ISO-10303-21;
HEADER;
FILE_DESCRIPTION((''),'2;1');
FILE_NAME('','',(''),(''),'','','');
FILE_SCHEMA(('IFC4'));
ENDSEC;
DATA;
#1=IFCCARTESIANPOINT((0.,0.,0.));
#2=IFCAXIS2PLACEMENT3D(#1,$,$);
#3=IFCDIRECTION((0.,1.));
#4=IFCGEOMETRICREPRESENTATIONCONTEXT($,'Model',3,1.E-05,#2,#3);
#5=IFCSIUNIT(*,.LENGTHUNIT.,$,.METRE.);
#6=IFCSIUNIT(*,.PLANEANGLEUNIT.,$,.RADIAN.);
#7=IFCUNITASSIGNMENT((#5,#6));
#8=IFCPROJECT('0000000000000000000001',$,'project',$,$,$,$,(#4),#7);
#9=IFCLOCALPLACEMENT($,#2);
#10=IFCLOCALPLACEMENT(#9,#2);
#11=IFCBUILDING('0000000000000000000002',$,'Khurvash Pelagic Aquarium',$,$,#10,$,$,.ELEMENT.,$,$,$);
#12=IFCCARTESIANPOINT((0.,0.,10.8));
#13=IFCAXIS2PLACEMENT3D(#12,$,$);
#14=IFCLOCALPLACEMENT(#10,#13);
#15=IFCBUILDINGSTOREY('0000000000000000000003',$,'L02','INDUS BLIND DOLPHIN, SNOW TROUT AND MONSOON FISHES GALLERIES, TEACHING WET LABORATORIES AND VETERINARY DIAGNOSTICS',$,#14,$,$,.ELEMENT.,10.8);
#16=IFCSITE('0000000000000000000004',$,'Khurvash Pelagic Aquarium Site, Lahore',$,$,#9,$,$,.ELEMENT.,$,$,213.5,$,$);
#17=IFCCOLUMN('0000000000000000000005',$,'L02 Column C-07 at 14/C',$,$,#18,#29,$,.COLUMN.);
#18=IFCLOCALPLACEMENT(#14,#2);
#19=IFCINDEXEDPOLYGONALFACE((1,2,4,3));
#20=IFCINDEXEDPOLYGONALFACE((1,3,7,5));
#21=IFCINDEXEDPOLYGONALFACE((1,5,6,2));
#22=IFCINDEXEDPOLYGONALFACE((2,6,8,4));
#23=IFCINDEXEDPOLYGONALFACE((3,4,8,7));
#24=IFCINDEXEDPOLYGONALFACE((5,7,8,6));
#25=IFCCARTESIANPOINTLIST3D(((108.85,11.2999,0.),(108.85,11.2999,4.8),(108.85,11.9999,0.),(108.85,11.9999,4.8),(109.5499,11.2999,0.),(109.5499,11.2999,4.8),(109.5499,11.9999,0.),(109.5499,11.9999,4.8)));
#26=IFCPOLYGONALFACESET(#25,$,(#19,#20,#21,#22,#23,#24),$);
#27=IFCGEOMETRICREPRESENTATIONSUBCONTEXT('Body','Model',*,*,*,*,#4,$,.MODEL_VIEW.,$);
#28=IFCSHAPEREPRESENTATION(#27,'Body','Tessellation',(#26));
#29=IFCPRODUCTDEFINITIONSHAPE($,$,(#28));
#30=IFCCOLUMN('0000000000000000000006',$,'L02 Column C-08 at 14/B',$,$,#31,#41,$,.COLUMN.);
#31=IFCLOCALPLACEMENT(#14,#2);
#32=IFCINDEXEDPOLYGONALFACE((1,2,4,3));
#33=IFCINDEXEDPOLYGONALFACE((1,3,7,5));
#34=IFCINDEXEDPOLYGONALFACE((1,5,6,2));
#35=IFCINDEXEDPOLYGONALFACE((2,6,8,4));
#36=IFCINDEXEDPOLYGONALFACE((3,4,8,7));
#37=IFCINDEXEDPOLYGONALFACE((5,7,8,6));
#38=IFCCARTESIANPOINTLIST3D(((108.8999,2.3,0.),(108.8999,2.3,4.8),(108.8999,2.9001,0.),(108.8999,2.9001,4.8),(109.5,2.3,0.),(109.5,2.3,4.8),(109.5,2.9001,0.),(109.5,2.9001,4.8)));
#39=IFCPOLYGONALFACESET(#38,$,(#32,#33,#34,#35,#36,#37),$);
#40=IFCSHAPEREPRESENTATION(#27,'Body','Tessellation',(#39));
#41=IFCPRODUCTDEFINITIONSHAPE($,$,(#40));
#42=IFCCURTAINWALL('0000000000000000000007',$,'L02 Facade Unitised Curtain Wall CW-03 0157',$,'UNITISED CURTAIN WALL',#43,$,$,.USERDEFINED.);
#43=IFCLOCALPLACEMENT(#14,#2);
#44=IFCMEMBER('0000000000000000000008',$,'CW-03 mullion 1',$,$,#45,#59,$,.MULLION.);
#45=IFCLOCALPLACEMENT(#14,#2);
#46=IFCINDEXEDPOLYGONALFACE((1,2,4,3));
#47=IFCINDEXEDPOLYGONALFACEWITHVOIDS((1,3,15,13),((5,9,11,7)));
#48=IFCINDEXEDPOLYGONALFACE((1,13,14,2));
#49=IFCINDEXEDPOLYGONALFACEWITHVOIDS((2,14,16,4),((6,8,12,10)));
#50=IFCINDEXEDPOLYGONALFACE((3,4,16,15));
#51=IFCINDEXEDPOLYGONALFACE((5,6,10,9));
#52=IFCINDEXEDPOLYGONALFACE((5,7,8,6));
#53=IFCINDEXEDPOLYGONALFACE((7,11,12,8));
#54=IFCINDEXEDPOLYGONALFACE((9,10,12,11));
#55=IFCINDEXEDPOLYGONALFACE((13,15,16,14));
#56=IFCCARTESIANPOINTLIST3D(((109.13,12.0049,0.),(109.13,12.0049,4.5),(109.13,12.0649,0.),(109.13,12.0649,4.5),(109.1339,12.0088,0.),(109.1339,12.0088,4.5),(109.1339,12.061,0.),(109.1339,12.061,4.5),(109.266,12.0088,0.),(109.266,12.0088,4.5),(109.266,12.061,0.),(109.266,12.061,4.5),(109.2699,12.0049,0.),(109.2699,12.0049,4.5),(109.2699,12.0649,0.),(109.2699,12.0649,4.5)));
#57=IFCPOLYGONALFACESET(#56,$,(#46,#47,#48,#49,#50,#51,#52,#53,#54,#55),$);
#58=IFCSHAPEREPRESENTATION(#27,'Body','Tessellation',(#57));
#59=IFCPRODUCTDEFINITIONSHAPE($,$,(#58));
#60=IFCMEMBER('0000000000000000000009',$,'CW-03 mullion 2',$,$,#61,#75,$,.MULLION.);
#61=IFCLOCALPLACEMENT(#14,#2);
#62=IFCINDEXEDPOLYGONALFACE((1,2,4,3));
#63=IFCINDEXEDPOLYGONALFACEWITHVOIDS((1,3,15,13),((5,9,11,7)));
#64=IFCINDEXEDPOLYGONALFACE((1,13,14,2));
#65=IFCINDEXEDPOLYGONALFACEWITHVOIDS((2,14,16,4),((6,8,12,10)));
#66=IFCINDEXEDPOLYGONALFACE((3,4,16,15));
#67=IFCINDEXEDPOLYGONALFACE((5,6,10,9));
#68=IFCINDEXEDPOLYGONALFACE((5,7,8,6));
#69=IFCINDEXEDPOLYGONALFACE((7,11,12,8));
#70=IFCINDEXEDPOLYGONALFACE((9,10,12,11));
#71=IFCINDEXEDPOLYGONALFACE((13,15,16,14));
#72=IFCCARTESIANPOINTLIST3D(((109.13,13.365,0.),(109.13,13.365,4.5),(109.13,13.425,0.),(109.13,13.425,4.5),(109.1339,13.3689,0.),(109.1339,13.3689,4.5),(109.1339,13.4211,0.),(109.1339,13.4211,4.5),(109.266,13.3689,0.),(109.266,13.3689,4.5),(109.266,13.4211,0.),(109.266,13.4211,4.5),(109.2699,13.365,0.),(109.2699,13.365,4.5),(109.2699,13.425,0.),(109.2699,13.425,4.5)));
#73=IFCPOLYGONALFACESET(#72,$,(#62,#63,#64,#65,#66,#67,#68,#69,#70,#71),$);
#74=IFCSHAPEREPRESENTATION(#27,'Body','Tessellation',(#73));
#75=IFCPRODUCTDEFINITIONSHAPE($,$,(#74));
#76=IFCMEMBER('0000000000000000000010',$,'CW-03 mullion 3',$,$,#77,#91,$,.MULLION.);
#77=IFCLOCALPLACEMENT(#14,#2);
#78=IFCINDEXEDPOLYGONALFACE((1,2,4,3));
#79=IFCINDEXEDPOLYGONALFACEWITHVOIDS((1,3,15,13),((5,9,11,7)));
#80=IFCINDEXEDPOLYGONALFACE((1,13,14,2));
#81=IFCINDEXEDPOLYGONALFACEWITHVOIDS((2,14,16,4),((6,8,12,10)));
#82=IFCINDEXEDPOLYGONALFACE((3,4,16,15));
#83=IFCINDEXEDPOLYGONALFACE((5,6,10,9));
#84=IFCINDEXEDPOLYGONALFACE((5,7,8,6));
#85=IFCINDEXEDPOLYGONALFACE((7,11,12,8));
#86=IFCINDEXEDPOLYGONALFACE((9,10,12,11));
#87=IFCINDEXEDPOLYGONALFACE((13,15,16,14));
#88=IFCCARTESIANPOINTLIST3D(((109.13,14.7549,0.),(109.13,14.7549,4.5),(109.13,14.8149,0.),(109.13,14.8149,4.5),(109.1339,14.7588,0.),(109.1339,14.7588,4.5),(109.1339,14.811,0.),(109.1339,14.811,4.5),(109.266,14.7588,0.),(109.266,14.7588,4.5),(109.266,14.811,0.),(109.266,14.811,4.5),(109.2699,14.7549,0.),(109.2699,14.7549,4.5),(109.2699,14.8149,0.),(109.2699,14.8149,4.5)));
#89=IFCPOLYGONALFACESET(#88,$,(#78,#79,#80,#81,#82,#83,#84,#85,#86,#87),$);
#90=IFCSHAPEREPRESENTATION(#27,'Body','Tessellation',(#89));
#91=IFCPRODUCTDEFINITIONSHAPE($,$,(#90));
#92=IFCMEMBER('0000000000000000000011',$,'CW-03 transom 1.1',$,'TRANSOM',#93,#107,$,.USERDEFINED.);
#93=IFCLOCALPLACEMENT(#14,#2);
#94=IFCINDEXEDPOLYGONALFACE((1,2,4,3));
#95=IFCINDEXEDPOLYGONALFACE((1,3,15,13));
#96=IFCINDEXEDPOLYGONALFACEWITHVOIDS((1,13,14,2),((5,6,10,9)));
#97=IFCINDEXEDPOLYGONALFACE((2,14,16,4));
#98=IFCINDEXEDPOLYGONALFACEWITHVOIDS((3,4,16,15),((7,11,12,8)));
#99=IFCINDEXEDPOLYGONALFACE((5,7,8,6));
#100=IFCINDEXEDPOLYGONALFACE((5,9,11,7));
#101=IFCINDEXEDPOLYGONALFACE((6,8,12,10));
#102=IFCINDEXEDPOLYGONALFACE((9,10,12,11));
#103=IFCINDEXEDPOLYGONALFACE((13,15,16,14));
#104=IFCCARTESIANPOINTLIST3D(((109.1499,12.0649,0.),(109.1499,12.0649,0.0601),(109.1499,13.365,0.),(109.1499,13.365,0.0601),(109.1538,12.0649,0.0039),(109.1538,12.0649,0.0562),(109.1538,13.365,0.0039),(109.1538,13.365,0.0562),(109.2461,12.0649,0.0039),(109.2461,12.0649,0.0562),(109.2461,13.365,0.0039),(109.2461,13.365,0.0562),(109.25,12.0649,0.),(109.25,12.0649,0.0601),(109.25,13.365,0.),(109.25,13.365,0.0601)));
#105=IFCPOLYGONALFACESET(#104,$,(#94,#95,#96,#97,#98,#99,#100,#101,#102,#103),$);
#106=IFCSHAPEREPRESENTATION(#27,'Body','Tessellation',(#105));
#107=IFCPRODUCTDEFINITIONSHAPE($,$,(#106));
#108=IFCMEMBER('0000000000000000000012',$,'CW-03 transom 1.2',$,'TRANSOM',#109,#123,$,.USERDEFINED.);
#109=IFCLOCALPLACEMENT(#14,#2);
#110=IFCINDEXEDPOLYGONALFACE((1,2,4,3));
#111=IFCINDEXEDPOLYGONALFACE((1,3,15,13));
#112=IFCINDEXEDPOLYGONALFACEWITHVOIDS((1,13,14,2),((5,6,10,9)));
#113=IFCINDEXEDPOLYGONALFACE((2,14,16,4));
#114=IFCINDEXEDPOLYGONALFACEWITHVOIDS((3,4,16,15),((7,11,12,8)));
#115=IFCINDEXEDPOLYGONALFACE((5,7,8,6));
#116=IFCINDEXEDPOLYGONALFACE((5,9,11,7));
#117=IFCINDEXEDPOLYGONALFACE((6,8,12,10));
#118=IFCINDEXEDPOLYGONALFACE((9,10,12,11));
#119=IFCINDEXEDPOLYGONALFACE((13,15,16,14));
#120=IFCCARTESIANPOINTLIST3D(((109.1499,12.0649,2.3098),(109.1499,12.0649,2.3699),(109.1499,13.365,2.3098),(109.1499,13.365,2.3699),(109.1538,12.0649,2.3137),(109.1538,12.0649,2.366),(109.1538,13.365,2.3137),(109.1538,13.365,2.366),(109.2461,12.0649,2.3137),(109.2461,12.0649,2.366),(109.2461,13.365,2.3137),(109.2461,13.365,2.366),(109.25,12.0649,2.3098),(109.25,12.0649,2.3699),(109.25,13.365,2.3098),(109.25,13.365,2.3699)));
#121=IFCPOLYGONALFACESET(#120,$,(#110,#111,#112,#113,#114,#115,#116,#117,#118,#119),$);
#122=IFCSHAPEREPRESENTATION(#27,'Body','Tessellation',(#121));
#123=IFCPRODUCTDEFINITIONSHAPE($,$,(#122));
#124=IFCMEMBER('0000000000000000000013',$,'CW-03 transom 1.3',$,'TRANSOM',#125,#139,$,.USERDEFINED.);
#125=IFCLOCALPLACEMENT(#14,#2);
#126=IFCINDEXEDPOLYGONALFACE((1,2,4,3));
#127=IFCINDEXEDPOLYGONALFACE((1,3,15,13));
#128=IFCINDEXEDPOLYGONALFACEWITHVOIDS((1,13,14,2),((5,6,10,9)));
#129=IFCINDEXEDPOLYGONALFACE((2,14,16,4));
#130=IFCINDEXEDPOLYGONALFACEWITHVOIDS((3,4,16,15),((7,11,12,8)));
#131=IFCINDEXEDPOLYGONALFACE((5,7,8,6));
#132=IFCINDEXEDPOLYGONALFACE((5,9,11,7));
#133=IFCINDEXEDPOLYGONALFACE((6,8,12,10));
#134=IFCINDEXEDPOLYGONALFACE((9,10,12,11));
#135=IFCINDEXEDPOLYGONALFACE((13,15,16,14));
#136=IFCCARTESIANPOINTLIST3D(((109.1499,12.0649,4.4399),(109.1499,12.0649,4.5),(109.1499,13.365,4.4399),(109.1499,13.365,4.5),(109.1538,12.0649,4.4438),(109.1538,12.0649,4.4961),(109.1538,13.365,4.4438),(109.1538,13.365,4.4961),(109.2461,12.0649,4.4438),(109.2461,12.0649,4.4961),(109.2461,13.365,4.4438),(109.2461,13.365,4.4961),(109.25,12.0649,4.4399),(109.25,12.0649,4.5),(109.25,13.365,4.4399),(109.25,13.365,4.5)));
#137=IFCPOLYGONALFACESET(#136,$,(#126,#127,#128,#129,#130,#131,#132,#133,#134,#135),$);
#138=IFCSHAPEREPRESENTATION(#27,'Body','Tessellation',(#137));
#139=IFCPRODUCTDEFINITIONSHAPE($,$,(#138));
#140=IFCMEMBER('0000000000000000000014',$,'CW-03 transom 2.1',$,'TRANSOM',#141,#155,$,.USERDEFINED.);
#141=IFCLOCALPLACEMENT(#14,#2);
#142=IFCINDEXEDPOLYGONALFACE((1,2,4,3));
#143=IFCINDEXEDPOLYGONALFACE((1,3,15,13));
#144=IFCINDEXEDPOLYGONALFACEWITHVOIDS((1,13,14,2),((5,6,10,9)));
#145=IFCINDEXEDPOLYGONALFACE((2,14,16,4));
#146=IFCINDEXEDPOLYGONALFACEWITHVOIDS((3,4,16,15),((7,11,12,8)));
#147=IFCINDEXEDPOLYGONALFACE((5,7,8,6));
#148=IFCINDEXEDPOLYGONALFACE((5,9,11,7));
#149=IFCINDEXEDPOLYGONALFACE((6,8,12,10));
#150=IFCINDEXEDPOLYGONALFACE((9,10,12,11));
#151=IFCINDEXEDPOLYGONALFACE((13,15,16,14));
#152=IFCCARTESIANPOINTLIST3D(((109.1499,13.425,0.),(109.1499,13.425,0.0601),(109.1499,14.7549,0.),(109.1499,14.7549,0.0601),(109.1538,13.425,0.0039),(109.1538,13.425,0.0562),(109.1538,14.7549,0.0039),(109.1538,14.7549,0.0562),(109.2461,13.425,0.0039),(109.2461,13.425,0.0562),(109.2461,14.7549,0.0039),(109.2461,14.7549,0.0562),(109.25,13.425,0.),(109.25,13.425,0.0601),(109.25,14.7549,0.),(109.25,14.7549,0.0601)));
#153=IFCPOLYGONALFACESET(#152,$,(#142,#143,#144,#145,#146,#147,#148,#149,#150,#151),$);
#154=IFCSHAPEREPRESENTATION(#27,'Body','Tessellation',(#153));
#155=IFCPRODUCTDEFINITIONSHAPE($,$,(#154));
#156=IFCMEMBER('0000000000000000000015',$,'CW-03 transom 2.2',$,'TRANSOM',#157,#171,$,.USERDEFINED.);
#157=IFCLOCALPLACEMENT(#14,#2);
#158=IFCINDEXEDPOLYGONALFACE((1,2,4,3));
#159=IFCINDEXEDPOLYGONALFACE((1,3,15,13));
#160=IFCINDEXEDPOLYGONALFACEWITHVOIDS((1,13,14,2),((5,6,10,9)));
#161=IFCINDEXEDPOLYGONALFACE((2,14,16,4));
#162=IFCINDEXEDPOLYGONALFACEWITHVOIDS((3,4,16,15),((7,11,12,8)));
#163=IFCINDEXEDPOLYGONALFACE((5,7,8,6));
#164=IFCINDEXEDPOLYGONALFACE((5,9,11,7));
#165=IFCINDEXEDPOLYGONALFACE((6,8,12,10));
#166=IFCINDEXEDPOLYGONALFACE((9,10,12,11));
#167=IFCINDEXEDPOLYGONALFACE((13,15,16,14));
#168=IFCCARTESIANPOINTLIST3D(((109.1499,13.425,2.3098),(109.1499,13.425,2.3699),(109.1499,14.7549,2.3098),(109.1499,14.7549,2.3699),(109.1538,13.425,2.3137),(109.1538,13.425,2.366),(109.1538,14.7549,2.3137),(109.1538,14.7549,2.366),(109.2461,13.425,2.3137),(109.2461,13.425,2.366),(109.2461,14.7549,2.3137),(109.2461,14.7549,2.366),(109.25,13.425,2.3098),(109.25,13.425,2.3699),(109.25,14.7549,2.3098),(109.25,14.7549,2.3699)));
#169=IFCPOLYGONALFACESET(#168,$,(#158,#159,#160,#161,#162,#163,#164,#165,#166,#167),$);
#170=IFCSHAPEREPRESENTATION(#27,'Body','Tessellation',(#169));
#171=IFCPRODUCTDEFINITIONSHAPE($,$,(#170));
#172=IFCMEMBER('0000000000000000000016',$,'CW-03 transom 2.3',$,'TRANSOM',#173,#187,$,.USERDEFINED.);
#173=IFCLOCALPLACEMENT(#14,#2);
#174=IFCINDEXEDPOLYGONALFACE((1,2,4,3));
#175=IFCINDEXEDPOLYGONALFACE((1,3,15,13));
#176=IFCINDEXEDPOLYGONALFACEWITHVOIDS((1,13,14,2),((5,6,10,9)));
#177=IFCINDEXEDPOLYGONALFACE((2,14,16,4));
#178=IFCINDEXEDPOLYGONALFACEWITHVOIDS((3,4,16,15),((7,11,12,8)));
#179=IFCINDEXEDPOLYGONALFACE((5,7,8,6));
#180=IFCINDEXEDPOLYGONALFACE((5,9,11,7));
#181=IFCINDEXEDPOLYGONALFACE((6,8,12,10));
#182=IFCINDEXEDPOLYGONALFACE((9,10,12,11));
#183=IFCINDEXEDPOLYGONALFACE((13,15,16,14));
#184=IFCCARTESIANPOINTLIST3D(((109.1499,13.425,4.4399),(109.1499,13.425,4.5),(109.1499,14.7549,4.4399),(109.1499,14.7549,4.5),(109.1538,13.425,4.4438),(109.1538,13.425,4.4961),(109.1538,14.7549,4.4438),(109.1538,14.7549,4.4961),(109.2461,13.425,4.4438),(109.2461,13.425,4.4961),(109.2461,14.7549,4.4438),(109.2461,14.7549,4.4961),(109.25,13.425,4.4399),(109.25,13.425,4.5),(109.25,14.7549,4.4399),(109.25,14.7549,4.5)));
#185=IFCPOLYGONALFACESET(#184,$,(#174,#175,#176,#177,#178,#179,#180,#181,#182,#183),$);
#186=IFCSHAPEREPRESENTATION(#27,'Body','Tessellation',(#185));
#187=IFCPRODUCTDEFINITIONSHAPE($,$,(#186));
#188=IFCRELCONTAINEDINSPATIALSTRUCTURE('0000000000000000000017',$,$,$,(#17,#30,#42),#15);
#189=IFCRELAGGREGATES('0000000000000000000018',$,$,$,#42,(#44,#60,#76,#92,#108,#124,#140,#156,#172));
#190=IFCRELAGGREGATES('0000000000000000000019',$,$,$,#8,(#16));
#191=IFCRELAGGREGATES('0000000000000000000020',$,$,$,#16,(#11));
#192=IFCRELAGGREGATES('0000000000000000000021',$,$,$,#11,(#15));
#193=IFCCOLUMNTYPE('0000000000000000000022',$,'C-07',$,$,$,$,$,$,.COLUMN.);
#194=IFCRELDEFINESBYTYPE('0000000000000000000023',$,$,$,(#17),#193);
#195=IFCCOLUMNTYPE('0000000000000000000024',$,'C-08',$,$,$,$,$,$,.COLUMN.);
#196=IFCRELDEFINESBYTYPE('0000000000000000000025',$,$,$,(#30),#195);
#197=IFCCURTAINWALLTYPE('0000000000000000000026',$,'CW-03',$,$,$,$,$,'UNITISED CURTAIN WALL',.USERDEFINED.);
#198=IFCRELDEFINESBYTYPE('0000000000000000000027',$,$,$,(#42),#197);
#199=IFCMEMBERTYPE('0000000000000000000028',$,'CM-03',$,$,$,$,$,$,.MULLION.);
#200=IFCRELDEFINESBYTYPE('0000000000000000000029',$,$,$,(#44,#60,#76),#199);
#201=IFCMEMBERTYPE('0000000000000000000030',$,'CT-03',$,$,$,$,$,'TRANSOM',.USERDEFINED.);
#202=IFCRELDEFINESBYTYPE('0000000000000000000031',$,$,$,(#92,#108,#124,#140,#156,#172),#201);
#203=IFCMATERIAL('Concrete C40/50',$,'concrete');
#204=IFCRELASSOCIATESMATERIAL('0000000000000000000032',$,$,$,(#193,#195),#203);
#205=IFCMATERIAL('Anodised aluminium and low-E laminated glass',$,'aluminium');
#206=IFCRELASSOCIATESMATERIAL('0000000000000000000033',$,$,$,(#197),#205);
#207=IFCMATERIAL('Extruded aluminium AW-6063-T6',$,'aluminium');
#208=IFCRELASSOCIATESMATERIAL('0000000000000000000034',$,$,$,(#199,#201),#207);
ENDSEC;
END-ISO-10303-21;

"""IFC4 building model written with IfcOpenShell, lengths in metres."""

from ifc_helpers import new_model, si_unit, direction, frame, origin, origin_2d, place, context, subcontext, project, spatial, rectangle, hollow_rectangle, extrude, material, material_profile, profile_set, type_object, element, aggregate, save


model = new_model("IFC4")

# Units and contexts
model_context = context("Model", 3, precision=1e-05, world=origin(), true_north=direction((0.0, 1.0)))
body_context = subcontext(model_context, "Body", "Model", "MODEL_VIEW")
ifc_project = project(units=[si_unit("LENGTHUNIT", "METRE"), si_unit("PLANEANGLEUNIT", "RADIAN")], contexts=[model_context])

# Site, building, storey
site_placement = place(None, origin())
site = spatial("IfcSite", under=ifc_project, at=site_placement, Name="Khurvash Pelagic Aquarium Site, Lahore", CompositionType="ELEMENT", RefElevation=213.5)
building_placement = place(site_placement, origin())
building = spatial("IfcBuilding", under=site, at=building_placement, Name="Khurvash Pelagic Aquarium", CompositionType="ELEMENT")
storey_placement = place(building_placement, frame((0.0, 0.0, 10.8)))
storey = spatial("IfcBuildingStorey", under=building, at=storey_placement, Name="L02", Description="INDUS BLIND DOLPHIN, SNOW TROUT AND MONSOON FISHES GALLERIES, TEACHING WET LABORATORIES AND VETERINARY DIAGNOSTICS", CompositionType="ELEMENT", Elevation=10.8)

# Columns
ifc_material_1 = material(Name="Concrete C40/50", Category="concrete")
ifc_material_profile_1 = material_profile(ifc_material_1, rectangle(XDim=0.7, YDim=0.7, at=origin_2d()), Name="RC700X700")
ifc_profile_set_1 = profile_set([ifc_material_profile_1], Name="Concrete C40/50")
column_type_1 = type_object("IfcColumnType", Name="C-07", PredefinedType="COLUMN", material=ifc_profile_set_1)
column_1_placement = place(storey_placement, frame((109.2, 11.6499, 0.0), z_axis=(0.0, 0.0, 1.0), x_axis=(1.0, 0.0, 0.0)))
element("IfcColumn", 1, at=column_1_placement, inside=storey, type_object=column_type_1, Name="L02 Column C-07 at 14/C", PredefinedType="COLUMN", context=body_context, shape_type="SweptSolid", body=[
    extrude(rectangle(XDim=0.7, YDim=0.7, at=origin_2d()), origin(), (0.0, 0.0, 1.0), 4.8),
])
ifc_material_profile_2 = material_profile(ifc_material_1, rectangle(XDim=0.6001, YDim=0.6001, at=origin_2d()), Name="RC600X600")
ifc_profile_set_2 = profile_set([ifc_material_profile_2], Name="Concrete C40/50")
column_type_2 = type_object("IfcColumnType", Name="C-08", PredefinedType="COLUMN", material=ifc_profile_set_2)
column_2_placement = place(storey_placement, frame((109.2, 2.6001, 0.0), z_axis=(0.0, 0.0, 1.0), x_axis=(1.0, 0.0, 0.0)))
element("IfcColumn", 2, at=column_2_placement, inside=storey, type_object=column_type_2, Name="L02 Column C-08 at 14/B", PredefinedType="COLUMN", context=body_context, shape_type="SweptSolid", body=[
    extrude(rectangle(XDim=0.6001, YDim=0.6001, at=origin_2d()), origin(), (0.0, 0.0, 1.0), 4.8),
])

# Curtain wall, members
ifc_material_2 = material(Name="Anodised aluminium and low-E laminated glass", Category="aluminium")
curtain_wall_type = type_object("IfcCurtainWallType", Name="CW-03", ElementType="UNITISED CURTAIN WALL", PredefinedType="USERDEFINED", material=ifc_material_2)
curtain_wall_placement = place(storey_placement, origin())
curtain_wall = element("IfcCurtainWall", 3, at=curtain_wall_placement, inside=storey, type_object=curtain_wall_type, Name="L02 Facade Unitised Curtain Wall CW-03 0157", ObjectType="UNITISED CURTAIN WALL", PredefinedType="USERDEFINED")
ifc_material_3 = material(Name="Extruded aluminium AW-6063-T6", Category="aluminium")
ifc_material_profile_3 = material_profile(ifc_material_3, hollow_rectangle(XDim=0.0601, YDim=0.1399, WallThickness=0.0039, at=origin_2d()), Name="CWM60X140X4")
ifc_profile_set_3 = profile_set([ifc_material_profile_3], Name="Extruded aluminium AW-6063-T6")
member_type_1 = type_object("IfcMemberType", Name="CM-03", PredefinedType="MULLION", material=ifc_profile_set_3)
member_1_placement = place(storey_placement, frame((109.2, 12.0349, 0.0), z_axis=(0.0, 0.0, 1.0), x_axis=(0.0, 1.0, 0.0)))
member_1 = element("IfcMember", 4, at=member_1_placement, type_object=member_type_1, Name="CW-03 mullion 1", PredefinedType="MULLION", context=body_context, shape_type="SweptSolid", body=[
    extrude(hollow_rectangle(XDim=0.0601, YDim=0.1399, WallThickness=0.0039, at=origin_2d()), origin(), (0.0, 0.0, 1.0), 4.5),
])
member_2_placement = place(storey_placement, frame((109.2, 13.395, 0.0), z_axis=(0.0, 0.0, 1.0), x_axis=(0.0, 1.0, 0.0)))
member_2 = element("IfcMember", 5, at=member_2_placement, type_object=member_type_1, Name="CW-03 mullion 2", PredefinedType="MULLION", context=body_context, shape_type="SweptSolid", body=[
    extrude(hollow_rectangle(XDim=0.0601, YDim=0.1399, WallThickness=0.0039, at=origin_2d()), origin(), (0.0, 0.0, 1.0), 4.5),
])
member_3_placement = place(storey_placement, frame((109.2, 14.7849, 0.0), z_axis=(0.0, 0.0, 1.0), x_axis=(0.0, 1.0, 0.0)))
member_3 = element("IfcMember", 6, at=member_3_placement, type_object=member_type_1, Name="CW-03 mullion 3", PredefinedType="MULLION", context=body_context, shape_type="SweptSolid", body=[
    extrude(hollow_rectangle(XDim=0.0601, YDim=0.1399, WallThickness=0.0039, at=origin_2d()), origin(), (0.0, 0.0, 1.0), 4.5),
])
ifc_material_profile_4 = material_profile(ifc_material_3, hollow_rectangle(XDim=0.1001, YDim=0.0601, WallThickness=0.0039, at=origin_2d()), Name="CWT100X60X4")
ifc_profile_set_4 = profile_set([ifc_material_profile_4], Name="Extruded aluminium AW-6063-T6")
member_type_2 = type_object("IfcMemberType", Name="CT-03", ElementType="TRANSOM", PredefinedType="USERDEFINED", material=ifc_profile_set_4)
member_4_placement = place(storey_placement, frame((109.2, 12.0649, 0.03), z_axis=(0.0, 1.0, 0.0), x_axis=(-1.0, 0.0, 0.0)))
member_4 = element("IfcMember", 7, at=member_4_placement, type_object=member_type_2, Name="CW-03 transom 1.1", ObjectType="TRANSOM", PredefinedType="USERDEFINED", context=body_context, shape_type="SweptSolid", body=[
    extrude(hollow_rectangle(XDim=0.1001, YDim=0.0601, WallThickness=0.0039, at=origin_2d()), origin(), (0.0, 0.0, 1.0), 1.3),
])
member_5_placement = place(storey_placement, frame((109.2, 12.0649, 2.3398), z_axis=(0.0, 1.0, 0.0), x_axis=(-1.0, 0.0, 0.0)))
member_5 = element("IfcMember", 8, at=member_5_placement, type_object=member_type_2, Name="CW-03 transom 1.2", ObjectType="TRANSOM", PredefinedType="USERDEFINED", context=body_context, shape_type="SweptSolid", body=[
    extrude(hollow_rectangle(XDim=0.1001, YDim=0.0601, WallThickness=0.0039, at=origin_2d()), origin(), (0.0, 0.0, 1.0), 1.3),
])
member_6_placement = place(storey_placement, frame((109.2, 12.0649, 4.47), z_axis=(0.0, 1.0, 0.0), x_axis=(-1.0, 0.0, 0.0)))
member_6 = element("IfcMember", 9, at=member_6_placement, type_object=member_type_2, Name="CW-03 transom 1.3", ObjectType="TRANSOM", PredefinedType="USERDEFINED", context=body_context, shape_type="SweptSolid", body=[
    extrude(hollow_rectangle(XDim=0.1001, YDim=0.0601, WallThickness=0.0039, at=origin_2d()), origin(), (0.0, 0.0, 1.0), 1.3),
])
member_7_placement = place(storey_placement, frame((109.2, 13.425, 0.03), z_axis=(0.0, 1.0, 0.0), x_axis=(-1.0, 0.0, 0.0)))
member_7 = element("IfcMember", 10, at=member_7_placement, type_object=member_type_2, Name="CW-03 transom 2.1", ObjectType="TRANSOM", PredefinedType="USERDEFINED", context=body_context, shape_type="SweptSolid", body=[
    extrude(hollow_rectangle(XDim=0.1001, YDim=0.0601, WallThickness=0.0039, at=origin_2d()), origin(), (0.0, 0.0, 1.0), 1.3298),
])
member_8_placement = place(storey_placement, frame((109.2, 13.425, 2.3398), z_axis=(0.0, 1.0, 0.0), x_axis=(-1.0, 0.0, 0.0)))
member_8 = element("IfcMember", 11, at=member_8_placement, type_object=member_type_2, Name="CW-03 transom 2.2", ObjectType="TRANSOM", PredefinedType="USERDEFINED", context=body_context, shape_type="SweptSolid", body=[
    extrude(hollow_rectangle(XDim=0.1001, YDim=0.0601, WallThickness=0.0039, at=origin_2d()), origin(), (0.0, 0.0, 1.0), 1.3298),
])
member_9_placement = place(storey_placement, frame((109.2, 13.425, 4.47), z_axis=(0.0, 1.0, 0.0), x_axis=(-1.0, 0.0, 0.0)))
member_9 = element("IfcMember", 12, at=member_9_placement, type_object=member_type_2, Name="CW-03 transom 2.3", ObjectType="TRANSOM", PredefinedType="USERDEFINED", context=body_context, shape_type="SweptSolid", body=[
    extrude(hollow_rectangle(XDim=0.1001, YDim=0.0601, WallThickness=0.0039, at=origin_2d()), origin(), (0.0, 0.0, 1.0), 1.3298),
])

aggregate(curtain_wall, [member_1, member_2, member_3, member_4, member_5, member_6, member_7, member_8, member_9])

save(model, "model.ifc")
